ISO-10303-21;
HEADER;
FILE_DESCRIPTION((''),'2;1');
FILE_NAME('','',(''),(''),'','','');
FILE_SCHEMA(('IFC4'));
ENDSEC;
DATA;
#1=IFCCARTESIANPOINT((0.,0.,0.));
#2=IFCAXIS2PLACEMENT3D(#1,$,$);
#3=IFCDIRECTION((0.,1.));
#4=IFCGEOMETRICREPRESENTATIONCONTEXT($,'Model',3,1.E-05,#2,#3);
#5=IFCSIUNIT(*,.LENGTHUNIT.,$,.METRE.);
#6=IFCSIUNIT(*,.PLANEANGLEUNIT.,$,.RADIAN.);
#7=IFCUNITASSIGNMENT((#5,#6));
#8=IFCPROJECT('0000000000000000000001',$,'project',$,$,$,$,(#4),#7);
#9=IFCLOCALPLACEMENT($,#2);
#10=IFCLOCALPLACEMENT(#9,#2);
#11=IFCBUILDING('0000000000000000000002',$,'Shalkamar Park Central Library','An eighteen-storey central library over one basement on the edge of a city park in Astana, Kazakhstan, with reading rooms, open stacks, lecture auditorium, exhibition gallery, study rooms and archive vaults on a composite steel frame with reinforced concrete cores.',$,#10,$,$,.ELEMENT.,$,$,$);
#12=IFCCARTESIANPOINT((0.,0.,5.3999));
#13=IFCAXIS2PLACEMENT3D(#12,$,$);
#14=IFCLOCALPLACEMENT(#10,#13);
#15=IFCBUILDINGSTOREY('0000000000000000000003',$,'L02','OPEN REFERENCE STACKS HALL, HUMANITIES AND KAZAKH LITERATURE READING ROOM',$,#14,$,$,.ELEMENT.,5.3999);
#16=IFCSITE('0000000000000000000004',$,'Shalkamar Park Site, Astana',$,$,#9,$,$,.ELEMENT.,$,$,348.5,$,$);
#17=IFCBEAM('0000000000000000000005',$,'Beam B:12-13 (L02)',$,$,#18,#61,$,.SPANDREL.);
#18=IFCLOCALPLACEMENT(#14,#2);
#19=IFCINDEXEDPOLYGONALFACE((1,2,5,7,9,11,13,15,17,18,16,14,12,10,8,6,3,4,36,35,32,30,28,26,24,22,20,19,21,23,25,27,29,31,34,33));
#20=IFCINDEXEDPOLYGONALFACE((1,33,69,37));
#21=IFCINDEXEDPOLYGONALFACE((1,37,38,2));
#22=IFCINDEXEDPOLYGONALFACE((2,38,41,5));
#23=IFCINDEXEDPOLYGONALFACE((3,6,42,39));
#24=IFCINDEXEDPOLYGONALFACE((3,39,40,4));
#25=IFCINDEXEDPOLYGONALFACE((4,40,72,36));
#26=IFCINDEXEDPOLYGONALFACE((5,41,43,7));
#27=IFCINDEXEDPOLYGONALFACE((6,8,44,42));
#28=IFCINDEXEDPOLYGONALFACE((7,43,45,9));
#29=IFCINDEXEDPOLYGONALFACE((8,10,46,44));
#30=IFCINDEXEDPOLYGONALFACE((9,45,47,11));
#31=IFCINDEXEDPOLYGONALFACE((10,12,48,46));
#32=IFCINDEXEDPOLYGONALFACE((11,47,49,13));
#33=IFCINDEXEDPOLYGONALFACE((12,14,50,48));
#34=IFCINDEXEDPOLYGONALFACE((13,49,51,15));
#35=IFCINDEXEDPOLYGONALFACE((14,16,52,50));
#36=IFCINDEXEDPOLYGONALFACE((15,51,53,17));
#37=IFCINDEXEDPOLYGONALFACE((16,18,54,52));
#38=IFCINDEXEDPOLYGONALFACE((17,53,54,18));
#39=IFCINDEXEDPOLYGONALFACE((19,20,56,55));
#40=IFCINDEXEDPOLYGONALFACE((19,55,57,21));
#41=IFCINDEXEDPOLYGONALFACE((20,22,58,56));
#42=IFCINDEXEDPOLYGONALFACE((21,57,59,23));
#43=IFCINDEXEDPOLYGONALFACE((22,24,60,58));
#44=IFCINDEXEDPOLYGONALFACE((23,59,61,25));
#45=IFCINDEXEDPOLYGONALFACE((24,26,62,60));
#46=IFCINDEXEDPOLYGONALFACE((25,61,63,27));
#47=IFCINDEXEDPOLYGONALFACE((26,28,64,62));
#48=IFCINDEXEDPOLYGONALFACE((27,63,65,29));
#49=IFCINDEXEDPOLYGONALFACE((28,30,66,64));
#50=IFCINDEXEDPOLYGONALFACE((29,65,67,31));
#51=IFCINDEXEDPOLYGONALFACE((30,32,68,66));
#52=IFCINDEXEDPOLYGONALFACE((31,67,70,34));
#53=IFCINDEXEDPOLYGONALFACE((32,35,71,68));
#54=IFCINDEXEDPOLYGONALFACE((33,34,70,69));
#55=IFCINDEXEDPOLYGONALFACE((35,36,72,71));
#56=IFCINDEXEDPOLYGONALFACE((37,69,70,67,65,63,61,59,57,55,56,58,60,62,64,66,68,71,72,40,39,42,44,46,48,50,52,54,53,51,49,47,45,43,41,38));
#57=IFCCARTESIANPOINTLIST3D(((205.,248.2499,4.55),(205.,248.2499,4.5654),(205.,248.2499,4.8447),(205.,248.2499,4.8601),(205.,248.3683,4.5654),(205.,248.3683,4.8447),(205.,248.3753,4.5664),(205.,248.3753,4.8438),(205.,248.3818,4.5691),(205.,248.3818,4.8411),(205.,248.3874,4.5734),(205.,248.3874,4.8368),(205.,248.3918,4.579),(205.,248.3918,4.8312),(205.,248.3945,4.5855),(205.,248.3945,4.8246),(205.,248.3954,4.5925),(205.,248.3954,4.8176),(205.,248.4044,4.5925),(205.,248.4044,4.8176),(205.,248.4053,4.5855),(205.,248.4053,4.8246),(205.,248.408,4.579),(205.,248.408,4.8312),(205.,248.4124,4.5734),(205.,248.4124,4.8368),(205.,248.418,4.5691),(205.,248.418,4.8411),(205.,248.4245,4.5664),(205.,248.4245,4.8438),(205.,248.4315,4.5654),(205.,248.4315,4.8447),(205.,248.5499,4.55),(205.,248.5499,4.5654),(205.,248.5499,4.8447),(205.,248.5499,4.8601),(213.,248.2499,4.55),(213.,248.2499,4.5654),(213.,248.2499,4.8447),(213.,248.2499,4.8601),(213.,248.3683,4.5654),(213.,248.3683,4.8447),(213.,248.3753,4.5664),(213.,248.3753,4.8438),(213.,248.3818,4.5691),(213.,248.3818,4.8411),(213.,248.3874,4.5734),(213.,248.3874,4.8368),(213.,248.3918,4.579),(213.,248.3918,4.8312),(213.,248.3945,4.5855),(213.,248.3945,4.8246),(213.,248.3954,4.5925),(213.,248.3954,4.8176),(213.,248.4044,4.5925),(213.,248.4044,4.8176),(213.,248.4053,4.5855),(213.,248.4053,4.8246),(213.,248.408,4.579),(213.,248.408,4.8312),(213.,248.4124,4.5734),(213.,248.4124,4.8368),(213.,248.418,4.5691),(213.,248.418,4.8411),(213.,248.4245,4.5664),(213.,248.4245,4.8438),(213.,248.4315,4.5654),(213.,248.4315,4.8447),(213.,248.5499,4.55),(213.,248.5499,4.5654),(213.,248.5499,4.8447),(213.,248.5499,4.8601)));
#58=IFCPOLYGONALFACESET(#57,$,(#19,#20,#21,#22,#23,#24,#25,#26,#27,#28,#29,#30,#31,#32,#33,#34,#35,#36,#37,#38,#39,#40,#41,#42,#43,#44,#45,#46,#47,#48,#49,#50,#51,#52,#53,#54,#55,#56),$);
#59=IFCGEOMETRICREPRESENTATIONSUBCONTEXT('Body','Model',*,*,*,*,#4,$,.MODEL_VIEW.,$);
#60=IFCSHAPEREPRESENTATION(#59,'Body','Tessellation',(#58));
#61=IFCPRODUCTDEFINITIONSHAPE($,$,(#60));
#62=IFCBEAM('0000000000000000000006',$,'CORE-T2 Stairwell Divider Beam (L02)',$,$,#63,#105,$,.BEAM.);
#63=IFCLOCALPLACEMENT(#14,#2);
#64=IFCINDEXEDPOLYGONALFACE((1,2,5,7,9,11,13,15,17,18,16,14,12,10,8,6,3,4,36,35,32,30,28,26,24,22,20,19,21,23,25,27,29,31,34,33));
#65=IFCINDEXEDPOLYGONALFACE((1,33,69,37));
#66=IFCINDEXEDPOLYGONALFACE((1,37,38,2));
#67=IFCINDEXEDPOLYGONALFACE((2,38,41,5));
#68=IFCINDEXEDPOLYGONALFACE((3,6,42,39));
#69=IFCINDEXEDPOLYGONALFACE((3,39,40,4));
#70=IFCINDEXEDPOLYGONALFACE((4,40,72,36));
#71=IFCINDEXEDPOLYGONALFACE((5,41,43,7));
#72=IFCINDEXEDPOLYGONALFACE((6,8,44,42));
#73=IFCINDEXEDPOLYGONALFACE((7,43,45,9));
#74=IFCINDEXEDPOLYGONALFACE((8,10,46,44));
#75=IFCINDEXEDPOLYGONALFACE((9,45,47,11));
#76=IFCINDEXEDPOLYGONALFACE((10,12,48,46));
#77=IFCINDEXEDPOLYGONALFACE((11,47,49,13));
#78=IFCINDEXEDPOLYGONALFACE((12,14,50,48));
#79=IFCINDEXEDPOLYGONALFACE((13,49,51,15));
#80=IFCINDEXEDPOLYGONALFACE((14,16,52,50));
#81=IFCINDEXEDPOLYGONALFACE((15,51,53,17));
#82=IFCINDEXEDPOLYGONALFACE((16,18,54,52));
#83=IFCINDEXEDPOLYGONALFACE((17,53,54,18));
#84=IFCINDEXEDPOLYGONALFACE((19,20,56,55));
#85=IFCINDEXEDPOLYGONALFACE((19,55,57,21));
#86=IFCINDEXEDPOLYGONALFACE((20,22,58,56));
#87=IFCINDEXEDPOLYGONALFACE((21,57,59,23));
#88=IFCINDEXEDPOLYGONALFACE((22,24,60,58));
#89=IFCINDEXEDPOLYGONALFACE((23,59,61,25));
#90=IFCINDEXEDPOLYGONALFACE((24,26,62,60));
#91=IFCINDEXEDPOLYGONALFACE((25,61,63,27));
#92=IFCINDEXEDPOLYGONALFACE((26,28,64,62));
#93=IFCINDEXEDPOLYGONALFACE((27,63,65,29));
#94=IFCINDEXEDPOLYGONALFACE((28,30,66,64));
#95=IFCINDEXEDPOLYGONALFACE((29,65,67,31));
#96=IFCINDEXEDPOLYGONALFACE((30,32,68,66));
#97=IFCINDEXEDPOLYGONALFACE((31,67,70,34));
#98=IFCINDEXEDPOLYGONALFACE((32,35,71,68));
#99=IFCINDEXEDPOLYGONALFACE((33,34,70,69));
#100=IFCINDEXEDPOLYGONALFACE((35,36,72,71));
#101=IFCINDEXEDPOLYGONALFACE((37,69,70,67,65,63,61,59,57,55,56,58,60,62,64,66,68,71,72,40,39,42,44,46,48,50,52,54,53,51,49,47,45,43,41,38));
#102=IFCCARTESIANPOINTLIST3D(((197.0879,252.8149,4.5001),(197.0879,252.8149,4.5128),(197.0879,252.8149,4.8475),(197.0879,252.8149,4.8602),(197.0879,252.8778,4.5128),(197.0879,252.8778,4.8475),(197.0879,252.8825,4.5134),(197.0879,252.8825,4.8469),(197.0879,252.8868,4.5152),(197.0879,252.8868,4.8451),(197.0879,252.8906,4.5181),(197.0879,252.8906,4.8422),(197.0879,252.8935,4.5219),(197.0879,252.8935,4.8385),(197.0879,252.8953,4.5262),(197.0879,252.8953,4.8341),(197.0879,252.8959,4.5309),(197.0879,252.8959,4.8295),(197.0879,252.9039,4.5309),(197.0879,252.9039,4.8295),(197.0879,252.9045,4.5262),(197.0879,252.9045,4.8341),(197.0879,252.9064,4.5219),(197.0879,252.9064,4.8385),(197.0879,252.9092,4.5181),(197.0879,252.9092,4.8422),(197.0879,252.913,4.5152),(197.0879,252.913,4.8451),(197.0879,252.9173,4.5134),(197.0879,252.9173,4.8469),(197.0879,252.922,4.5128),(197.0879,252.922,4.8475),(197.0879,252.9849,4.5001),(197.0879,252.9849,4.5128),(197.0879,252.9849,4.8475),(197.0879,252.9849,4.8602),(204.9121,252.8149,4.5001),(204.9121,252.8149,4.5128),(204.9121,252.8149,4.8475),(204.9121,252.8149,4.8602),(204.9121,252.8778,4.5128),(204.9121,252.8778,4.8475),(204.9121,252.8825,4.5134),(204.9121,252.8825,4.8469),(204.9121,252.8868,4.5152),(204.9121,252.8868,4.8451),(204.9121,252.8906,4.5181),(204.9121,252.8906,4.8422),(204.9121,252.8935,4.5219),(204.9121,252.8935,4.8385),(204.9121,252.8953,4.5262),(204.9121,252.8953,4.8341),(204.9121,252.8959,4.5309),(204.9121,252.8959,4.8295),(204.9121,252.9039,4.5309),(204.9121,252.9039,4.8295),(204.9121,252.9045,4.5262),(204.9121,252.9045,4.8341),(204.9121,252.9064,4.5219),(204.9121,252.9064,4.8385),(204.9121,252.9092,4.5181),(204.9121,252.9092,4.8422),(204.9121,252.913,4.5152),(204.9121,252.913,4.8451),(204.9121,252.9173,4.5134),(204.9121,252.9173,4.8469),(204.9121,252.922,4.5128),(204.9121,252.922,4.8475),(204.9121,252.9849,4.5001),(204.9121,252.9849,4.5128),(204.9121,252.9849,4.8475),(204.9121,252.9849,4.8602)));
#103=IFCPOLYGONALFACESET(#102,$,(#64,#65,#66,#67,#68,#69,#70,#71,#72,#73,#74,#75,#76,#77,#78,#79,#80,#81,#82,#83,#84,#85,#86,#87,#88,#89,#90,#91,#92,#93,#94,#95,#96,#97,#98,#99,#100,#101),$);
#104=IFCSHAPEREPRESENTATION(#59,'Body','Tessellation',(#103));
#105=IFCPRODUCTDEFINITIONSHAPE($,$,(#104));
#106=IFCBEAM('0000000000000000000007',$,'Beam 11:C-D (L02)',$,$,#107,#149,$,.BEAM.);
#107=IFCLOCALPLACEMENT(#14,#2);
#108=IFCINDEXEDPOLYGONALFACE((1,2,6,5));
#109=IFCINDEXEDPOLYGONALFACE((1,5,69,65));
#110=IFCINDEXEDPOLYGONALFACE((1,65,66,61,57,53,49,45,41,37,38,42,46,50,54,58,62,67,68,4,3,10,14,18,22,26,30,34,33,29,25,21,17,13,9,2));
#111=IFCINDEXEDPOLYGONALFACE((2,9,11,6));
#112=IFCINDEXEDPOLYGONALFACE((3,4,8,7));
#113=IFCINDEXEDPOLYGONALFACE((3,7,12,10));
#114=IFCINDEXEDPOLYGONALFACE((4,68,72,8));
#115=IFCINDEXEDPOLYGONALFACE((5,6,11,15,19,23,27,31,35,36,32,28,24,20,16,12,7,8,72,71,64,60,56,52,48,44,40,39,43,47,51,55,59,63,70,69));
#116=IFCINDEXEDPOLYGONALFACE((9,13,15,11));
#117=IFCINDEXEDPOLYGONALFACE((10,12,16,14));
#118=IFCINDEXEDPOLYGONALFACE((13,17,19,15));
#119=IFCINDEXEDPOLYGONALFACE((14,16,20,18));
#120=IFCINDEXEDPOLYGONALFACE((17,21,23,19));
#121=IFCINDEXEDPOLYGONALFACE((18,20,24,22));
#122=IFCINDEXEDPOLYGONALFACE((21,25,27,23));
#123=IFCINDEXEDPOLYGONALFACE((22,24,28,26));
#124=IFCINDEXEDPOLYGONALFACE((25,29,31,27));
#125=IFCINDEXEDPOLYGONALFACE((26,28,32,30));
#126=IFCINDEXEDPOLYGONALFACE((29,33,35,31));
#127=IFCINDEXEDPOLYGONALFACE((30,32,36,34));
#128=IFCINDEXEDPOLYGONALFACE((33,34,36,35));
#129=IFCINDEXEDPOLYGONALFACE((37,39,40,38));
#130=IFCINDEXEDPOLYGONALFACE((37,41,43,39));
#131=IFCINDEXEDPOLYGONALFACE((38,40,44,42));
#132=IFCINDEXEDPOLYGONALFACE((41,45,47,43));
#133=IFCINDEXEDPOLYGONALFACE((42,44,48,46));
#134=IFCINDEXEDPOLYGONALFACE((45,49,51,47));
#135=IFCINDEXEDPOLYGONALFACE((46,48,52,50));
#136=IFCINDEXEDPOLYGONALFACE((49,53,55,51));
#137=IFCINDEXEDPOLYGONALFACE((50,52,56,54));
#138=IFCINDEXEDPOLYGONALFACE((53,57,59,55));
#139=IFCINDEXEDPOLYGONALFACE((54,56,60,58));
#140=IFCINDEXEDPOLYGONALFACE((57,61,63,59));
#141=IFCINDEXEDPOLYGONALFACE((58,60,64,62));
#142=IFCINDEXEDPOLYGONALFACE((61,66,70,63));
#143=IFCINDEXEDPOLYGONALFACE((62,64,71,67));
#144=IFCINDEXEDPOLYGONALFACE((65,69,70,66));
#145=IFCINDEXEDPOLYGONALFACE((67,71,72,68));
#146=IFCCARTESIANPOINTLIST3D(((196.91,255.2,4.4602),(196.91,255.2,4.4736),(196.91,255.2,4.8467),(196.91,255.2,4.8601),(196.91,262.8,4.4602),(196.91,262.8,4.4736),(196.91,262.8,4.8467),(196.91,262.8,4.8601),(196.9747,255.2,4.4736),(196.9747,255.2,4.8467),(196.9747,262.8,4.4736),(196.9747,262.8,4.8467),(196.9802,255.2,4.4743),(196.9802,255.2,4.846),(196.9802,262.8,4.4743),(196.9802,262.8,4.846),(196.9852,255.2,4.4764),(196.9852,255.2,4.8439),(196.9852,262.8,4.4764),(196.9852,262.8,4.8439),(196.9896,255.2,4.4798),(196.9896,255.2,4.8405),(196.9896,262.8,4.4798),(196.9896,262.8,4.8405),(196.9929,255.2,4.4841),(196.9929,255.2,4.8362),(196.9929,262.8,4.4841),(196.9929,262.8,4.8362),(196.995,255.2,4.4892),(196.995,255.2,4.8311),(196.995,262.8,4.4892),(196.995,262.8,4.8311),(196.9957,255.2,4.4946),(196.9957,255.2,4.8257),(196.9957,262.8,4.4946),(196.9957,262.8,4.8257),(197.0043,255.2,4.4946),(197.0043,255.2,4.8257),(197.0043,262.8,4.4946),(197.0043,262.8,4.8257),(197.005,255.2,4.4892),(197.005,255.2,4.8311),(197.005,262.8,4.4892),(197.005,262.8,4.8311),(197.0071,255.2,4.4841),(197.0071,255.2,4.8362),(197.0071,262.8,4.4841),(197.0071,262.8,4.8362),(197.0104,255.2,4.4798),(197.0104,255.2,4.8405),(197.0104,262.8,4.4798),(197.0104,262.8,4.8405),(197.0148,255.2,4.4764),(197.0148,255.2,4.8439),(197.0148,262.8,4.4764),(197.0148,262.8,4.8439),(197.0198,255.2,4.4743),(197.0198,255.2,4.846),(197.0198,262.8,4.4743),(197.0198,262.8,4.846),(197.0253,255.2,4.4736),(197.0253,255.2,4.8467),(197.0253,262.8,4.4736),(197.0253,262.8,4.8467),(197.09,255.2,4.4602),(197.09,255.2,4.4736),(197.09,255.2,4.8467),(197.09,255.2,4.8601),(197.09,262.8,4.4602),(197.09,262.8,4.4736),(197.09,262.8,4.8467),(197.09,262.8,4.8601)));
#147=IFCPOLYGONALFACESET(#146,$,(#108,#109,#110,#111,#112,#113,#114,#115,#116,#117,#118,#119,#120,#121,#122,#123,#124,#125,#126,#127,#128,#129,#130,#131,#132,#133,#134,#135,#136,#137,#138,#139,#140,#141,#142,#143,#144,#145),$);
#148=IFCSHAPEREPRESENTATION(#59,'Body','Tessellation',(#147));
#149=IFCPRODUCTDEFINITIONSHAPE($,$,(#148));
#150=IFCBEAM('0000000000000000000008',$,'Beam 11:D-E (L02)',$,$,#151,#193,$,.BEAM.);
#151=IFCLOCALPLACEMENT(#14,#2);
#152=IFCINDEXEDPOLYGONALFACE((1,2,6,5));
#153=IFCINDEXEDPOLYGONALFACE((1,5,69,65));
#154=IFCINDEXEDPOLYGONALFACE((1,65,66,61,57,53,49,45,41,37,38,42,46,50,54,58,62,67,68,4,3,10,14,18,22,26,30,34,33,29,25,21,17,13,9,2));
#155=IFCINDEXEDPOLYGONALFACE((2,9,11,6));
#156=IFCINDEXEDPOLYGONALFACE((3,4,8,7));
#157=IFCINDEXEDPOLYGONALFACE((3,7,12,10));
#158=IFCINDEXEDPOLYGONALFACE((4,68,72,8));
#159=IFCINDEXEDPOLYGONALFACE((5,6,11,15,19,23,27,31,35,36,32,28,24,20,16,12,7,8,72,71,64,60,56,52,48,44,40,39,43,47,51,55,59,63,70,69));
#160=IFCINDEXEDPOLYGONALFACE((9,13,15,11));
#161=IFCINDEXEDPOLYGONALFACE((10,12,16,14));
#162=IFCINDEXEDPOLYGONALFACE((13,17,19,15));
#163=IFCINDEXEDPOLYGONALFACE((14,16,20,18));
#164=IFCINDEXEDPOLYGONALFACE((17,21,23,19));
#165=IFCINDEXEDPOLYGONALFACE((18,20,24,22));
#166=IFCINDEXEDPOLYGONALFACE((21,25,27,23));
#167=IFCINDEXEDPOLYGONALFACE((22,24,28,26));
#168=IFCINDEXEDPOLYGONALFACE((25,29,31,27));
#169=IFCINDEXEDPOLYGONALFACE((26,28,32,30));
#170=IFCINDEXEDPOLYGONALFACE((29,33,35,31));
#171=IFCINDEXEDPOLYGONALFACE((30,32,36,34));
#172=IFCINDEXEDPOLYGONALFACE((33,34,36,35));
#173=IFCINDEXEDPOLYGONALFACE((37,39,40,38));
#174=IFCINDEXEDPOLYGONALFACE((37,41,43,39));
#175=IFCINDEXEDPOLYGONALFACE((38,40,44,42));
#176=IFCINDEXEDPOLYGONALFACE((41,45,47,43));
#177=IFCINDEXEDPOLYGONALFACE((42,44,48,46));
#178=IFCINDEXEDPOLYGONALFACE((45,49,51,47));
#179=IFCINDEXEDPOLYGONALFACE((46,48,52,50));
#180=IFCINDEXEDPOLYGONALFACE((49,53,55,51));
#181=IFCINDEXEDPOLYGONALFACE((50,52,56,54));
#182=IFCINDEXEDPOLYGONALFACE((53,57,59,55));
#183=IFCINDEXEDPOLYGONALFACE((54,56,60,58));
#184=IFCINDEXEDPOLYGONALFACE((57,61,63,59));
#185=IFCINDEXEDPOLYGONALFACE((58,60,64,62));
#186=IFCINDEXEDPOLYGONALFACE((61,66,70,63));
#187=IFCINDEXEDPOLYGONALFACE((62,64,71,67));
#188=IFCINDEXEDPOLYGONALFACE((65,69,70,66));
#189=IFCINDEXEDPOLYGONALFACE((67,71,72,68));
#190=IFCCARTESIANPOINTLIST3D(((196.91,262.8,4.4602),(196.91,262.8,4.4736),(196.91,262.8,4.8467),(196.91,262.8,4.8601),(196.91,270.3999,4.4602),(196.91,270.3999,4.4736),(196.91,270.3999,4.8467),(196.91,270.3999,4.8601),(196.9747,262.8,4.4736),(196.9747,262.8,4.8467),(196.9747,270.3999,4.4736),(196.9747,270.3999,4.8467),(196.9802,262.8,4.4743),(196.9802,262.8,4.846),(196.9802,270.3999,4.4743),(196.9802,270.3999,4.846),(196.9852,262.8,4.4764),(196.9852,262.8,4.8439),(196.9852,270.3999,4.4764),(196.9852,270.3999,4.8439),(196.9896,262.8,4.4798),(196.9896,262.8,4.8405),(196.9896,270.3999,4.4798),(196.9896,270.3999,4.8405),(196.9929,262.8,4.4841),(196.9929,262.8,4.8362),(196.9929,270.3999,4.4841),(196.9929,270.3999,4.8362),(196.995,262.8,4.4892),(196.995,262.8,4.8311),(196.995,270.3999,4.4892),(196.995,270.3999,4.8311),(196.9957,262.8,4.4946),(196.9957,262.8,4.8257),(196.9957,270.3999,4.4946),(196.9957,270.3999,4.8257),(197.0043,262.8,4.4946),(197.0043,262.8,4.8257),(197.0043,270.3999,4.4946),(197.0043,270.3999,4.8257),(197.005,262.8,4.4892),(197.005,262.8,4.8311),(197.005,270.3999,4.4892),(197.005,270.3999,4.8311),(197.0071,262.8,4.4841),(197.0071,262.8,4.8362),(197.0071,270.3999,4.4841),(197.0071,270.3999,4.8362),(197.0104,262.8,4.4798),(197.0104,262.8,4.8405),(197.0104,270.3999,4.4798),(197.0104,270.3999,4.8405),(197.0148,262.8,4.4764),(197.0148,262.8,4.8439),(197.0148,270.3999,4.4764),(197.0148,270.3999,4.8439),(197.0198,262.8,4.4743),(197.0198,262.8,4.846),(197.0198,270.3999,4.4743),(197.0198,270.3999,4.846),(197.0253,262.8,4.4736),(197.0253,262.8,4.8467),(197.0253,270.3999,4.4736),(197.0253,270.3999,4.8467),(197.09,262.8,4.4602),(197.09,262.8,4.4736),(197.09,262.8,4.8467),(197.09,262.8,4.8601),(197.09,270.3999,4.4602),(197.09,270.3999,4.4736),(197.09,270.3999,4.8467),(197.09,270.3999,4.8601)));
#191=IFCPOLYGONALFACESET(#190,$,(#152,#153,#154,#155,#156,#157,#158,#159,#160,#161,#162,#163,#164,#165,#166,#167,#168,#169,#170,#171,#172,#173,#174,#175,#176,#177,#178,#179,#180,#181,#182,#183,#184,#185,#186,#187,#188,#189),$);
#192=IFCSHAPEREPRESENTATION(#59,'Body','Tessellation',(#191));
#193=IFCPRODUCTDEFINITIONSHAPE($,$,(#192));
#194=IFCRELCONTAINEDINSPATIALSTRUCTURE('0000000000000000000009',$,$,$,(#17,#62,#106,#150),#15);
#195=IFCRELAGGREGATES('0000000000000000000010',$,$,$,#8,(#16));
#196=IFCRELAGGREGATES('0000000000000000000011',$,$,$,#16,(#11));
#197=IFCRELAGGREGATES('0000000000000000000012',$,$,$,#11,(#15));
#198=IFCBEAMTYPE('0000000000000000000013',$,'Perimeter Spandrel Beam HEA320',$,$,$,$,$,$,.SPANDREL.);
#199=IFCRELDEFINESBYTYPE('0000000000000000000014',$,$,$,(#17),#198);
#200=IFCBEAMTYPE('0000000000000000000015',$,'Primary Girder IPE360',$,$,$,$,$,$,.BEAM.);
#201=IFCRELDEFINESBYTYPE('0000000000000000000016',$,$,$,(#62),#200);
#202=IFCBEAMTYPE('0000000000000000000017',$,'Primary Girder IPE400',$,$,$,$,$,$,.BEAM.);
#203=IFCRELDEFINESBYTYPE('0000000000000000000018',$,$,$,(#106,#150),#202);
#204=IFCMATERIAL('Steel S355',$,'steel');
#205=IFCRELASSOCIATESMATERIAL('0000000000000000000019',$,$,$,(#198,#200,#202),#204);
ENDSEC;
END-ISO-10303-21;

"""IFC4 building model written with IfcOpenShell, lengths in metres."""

from ifc_helpers import new_model, si_unit, direction, frame, origin, origin_2d, place, context, subcontext, project, spatial, i_section, extrude, material, material_profile, profile_set, type_object, element, save


model = new_model("IFC4")

# Units and contexts
model_context = context("Model", 3, precision=1e-05, world=origin(), true_north=direction((0.0, 1.0)))
body_context = subcontext(model_context, "Body", "Model", "MODEL_VIEW")
ifc_project = project(units=[si_unit("LENGTHUNIT", "METRE"), si_unit("PLANEANGLEUNIT", "RADIAN")], contexts=[model_context])

# Site, building, storey
site_placement = place(None, origin())
site = spatial("IfcSite", under=ifc_project, at=site_placement, Name="Shalkamar Park Site, Astana", CompositionType="ELEMENT", RefElevation=348.5)
building_placement = place(site_placement, origin())
building = spatial("IfcBuilding", under=site, at=building_placement, Name="Shalkamar Park Central Library", Description="An eighteen-storey central library over one basement on the edge of a city park in Astana, Kazakhstan, with reading rooms, open stacks, lecture auditorium, exhibition gallery, study rooms and archive vaults on a composite steel frame with reinforced concrete cores.", CompositionType="ELEMENT")
storey_placement = place(building_placement, frame((0.0, 0.0, 5.3999)))
storey = spatial("IfcBuildingStorey", under=building, at=storey_placement, Name="L02", Description="OPEN REFERENCE STACKS HALL, HUMANITIES AND KAZAKH LITERATURE READING ROOM", CompositionType="ELEMENT", Elevation=5.3999)

# Shared definitions
ifc_material_1 = material(Name="Steel S355", Category="steel")

# Beams
ifc_material_profile_1 = material_profile(ifc_material_1, i_section(OverallWidth=0.3, OverallDepth=0.3101, WebThickness=0.009, FlangeThickness=0.0154, FilletRadius=0.0271, at=origin_2d()), Name="HEA 320")
ifc_profile_set_1 = profile_set([ifc_material_profile_1], Name="Steel S355")
beam_type_1 = type_object("IfcBeamType", Name="Perimeter Spandrel Beam HEA320", PredefinedType="SPANDREL", material=ifc_profile_set_1)
beam_1_placement = place(storey_placement, frame((205.0, 248.3999, 4.7051), z_axis=(1.0, 0.0, 0.0), x_axis=(0.0, 1.0, 0.0)))
element("IfcBeam", 1, at=beam_1_placement, inside=storey, type_object=beam_type_1, Name="Beam B:12-13 (L02)", PredefinedType="SPANDREL", context=body_context, shape_type="SweptSolid", body=[
    extrude(i_section(OverallWidth=0.3, OverallDepth=0.3101, WebThickness=0.009, FlangeThickness=0.0154, FilletRadius=0.0271, at=origin_2d()), origin(), (0.0, 0.0, 1.0), 8.0),
])
ifc_material_profile_2 = material_profile(ifc_material_1, i_section(OverallWidth=0.1699, OverallDepth=0.3601, WebThickness=0.0081, FlangeThickness=0.0127, FilletRadius=0.0181, at=origin_2d()), Name="IPE 360")
ifc_profile_set_2 = profile_set([ifc_material_profile_2], Name="Steel S355")
beam_type_2 = type_object("IfcBeamType", Name="Primary Girder IPE360", PredefinedType="BEAM", material=ifc_profile_set_2)
beam_2_placement = place(storey_placement, frame((197.0879, 252.8999, 4.6802), z_axis=(1.0, 0.0, 0.0), x_axis=(0.0, 1.0, 0.0)))
element("IfcBeam", 2, at=beam_2_placement, inside=storey, type_object=beam_type_2, Name="CORE-T2 Stairwell Divider Beam (L02)", PredefinedType="BEAM", context=body_context, shape_type="SweptSolid", body=[
    extrude(i_section(OverallWidth=0.1699, OverallDepth=0.3601, WebThickness=0.0081, FlangeThickness=0.0127, FilletRadius=0.0181, at=origin_2d()), origin(), (0.0, 0.0, 1.0), 7.8242),
])
ifc_material_profile_3 = material_profile(ifc_material_1, i_section(OverallWidth=0.1799, OverallDepth=0.3999, WebThickness=0.0085, FlangeThickness=0.0134, FilletRadius=0.021, at=origin_2d()), Name="IPE 400")
ifc_profile_set_3 = profile_set([ifc_material_profile_3], Name="Steel S355")
beam_type_3 = type_object("IfcBeamType", Name="Primary Girder IPE400", PredefinedType="BEAM", material=ifc_profile_set_3)
beam_3_placement = place(storey_placement, frame((197.0, 255.2, 4.6602), z_axis=(0.0, 1.0, 0.0), x_axis=(-1.0, 0.0, 0.0)))
element("IfcBeam", 3, at=beam_3_placement, inside=storey, type_object=beam_type_3, Name="Beam 11:C-D (L02)", PredefinedType="BEAM", context=body_context, shape_type="SweptSolid", body=[
    extrude(i_section(OverallWidth=0.1799, OverallDepth=0.3999, WebThickness=0.0085, FlangeThickness=0.0134, FilletRadius=0.021, at=origin_2d()), origin(), (0.0, 0.0, 1.0), 7.6001),
])
beam_4_placement = place(storey_placement, frame((197.0, 262.8, 4.6602), z_axis=(0.0, 1.0, 0.0), x_axis=(-1.0, 0.0, 0.0)))
element("IfcBeam", 4, at=beam_4_placement, inside=storey, type_object=beam_type_3, Name="Beam 11:D-E (L02)", PredefinedType="BEAM", context=body_context, shape_type="SweptSolid", body=[
    extrude(i_section(OverallWidth=0.1799, OverallDepth=0.3999, WebThickness=0.0085, FlangeThickness=0.0134, FilletRadius=0.021, at=origin_2d()), origin(), (0.0, 0.0, 1.0), 7.5999),
])

save(model, "model.ifc")
